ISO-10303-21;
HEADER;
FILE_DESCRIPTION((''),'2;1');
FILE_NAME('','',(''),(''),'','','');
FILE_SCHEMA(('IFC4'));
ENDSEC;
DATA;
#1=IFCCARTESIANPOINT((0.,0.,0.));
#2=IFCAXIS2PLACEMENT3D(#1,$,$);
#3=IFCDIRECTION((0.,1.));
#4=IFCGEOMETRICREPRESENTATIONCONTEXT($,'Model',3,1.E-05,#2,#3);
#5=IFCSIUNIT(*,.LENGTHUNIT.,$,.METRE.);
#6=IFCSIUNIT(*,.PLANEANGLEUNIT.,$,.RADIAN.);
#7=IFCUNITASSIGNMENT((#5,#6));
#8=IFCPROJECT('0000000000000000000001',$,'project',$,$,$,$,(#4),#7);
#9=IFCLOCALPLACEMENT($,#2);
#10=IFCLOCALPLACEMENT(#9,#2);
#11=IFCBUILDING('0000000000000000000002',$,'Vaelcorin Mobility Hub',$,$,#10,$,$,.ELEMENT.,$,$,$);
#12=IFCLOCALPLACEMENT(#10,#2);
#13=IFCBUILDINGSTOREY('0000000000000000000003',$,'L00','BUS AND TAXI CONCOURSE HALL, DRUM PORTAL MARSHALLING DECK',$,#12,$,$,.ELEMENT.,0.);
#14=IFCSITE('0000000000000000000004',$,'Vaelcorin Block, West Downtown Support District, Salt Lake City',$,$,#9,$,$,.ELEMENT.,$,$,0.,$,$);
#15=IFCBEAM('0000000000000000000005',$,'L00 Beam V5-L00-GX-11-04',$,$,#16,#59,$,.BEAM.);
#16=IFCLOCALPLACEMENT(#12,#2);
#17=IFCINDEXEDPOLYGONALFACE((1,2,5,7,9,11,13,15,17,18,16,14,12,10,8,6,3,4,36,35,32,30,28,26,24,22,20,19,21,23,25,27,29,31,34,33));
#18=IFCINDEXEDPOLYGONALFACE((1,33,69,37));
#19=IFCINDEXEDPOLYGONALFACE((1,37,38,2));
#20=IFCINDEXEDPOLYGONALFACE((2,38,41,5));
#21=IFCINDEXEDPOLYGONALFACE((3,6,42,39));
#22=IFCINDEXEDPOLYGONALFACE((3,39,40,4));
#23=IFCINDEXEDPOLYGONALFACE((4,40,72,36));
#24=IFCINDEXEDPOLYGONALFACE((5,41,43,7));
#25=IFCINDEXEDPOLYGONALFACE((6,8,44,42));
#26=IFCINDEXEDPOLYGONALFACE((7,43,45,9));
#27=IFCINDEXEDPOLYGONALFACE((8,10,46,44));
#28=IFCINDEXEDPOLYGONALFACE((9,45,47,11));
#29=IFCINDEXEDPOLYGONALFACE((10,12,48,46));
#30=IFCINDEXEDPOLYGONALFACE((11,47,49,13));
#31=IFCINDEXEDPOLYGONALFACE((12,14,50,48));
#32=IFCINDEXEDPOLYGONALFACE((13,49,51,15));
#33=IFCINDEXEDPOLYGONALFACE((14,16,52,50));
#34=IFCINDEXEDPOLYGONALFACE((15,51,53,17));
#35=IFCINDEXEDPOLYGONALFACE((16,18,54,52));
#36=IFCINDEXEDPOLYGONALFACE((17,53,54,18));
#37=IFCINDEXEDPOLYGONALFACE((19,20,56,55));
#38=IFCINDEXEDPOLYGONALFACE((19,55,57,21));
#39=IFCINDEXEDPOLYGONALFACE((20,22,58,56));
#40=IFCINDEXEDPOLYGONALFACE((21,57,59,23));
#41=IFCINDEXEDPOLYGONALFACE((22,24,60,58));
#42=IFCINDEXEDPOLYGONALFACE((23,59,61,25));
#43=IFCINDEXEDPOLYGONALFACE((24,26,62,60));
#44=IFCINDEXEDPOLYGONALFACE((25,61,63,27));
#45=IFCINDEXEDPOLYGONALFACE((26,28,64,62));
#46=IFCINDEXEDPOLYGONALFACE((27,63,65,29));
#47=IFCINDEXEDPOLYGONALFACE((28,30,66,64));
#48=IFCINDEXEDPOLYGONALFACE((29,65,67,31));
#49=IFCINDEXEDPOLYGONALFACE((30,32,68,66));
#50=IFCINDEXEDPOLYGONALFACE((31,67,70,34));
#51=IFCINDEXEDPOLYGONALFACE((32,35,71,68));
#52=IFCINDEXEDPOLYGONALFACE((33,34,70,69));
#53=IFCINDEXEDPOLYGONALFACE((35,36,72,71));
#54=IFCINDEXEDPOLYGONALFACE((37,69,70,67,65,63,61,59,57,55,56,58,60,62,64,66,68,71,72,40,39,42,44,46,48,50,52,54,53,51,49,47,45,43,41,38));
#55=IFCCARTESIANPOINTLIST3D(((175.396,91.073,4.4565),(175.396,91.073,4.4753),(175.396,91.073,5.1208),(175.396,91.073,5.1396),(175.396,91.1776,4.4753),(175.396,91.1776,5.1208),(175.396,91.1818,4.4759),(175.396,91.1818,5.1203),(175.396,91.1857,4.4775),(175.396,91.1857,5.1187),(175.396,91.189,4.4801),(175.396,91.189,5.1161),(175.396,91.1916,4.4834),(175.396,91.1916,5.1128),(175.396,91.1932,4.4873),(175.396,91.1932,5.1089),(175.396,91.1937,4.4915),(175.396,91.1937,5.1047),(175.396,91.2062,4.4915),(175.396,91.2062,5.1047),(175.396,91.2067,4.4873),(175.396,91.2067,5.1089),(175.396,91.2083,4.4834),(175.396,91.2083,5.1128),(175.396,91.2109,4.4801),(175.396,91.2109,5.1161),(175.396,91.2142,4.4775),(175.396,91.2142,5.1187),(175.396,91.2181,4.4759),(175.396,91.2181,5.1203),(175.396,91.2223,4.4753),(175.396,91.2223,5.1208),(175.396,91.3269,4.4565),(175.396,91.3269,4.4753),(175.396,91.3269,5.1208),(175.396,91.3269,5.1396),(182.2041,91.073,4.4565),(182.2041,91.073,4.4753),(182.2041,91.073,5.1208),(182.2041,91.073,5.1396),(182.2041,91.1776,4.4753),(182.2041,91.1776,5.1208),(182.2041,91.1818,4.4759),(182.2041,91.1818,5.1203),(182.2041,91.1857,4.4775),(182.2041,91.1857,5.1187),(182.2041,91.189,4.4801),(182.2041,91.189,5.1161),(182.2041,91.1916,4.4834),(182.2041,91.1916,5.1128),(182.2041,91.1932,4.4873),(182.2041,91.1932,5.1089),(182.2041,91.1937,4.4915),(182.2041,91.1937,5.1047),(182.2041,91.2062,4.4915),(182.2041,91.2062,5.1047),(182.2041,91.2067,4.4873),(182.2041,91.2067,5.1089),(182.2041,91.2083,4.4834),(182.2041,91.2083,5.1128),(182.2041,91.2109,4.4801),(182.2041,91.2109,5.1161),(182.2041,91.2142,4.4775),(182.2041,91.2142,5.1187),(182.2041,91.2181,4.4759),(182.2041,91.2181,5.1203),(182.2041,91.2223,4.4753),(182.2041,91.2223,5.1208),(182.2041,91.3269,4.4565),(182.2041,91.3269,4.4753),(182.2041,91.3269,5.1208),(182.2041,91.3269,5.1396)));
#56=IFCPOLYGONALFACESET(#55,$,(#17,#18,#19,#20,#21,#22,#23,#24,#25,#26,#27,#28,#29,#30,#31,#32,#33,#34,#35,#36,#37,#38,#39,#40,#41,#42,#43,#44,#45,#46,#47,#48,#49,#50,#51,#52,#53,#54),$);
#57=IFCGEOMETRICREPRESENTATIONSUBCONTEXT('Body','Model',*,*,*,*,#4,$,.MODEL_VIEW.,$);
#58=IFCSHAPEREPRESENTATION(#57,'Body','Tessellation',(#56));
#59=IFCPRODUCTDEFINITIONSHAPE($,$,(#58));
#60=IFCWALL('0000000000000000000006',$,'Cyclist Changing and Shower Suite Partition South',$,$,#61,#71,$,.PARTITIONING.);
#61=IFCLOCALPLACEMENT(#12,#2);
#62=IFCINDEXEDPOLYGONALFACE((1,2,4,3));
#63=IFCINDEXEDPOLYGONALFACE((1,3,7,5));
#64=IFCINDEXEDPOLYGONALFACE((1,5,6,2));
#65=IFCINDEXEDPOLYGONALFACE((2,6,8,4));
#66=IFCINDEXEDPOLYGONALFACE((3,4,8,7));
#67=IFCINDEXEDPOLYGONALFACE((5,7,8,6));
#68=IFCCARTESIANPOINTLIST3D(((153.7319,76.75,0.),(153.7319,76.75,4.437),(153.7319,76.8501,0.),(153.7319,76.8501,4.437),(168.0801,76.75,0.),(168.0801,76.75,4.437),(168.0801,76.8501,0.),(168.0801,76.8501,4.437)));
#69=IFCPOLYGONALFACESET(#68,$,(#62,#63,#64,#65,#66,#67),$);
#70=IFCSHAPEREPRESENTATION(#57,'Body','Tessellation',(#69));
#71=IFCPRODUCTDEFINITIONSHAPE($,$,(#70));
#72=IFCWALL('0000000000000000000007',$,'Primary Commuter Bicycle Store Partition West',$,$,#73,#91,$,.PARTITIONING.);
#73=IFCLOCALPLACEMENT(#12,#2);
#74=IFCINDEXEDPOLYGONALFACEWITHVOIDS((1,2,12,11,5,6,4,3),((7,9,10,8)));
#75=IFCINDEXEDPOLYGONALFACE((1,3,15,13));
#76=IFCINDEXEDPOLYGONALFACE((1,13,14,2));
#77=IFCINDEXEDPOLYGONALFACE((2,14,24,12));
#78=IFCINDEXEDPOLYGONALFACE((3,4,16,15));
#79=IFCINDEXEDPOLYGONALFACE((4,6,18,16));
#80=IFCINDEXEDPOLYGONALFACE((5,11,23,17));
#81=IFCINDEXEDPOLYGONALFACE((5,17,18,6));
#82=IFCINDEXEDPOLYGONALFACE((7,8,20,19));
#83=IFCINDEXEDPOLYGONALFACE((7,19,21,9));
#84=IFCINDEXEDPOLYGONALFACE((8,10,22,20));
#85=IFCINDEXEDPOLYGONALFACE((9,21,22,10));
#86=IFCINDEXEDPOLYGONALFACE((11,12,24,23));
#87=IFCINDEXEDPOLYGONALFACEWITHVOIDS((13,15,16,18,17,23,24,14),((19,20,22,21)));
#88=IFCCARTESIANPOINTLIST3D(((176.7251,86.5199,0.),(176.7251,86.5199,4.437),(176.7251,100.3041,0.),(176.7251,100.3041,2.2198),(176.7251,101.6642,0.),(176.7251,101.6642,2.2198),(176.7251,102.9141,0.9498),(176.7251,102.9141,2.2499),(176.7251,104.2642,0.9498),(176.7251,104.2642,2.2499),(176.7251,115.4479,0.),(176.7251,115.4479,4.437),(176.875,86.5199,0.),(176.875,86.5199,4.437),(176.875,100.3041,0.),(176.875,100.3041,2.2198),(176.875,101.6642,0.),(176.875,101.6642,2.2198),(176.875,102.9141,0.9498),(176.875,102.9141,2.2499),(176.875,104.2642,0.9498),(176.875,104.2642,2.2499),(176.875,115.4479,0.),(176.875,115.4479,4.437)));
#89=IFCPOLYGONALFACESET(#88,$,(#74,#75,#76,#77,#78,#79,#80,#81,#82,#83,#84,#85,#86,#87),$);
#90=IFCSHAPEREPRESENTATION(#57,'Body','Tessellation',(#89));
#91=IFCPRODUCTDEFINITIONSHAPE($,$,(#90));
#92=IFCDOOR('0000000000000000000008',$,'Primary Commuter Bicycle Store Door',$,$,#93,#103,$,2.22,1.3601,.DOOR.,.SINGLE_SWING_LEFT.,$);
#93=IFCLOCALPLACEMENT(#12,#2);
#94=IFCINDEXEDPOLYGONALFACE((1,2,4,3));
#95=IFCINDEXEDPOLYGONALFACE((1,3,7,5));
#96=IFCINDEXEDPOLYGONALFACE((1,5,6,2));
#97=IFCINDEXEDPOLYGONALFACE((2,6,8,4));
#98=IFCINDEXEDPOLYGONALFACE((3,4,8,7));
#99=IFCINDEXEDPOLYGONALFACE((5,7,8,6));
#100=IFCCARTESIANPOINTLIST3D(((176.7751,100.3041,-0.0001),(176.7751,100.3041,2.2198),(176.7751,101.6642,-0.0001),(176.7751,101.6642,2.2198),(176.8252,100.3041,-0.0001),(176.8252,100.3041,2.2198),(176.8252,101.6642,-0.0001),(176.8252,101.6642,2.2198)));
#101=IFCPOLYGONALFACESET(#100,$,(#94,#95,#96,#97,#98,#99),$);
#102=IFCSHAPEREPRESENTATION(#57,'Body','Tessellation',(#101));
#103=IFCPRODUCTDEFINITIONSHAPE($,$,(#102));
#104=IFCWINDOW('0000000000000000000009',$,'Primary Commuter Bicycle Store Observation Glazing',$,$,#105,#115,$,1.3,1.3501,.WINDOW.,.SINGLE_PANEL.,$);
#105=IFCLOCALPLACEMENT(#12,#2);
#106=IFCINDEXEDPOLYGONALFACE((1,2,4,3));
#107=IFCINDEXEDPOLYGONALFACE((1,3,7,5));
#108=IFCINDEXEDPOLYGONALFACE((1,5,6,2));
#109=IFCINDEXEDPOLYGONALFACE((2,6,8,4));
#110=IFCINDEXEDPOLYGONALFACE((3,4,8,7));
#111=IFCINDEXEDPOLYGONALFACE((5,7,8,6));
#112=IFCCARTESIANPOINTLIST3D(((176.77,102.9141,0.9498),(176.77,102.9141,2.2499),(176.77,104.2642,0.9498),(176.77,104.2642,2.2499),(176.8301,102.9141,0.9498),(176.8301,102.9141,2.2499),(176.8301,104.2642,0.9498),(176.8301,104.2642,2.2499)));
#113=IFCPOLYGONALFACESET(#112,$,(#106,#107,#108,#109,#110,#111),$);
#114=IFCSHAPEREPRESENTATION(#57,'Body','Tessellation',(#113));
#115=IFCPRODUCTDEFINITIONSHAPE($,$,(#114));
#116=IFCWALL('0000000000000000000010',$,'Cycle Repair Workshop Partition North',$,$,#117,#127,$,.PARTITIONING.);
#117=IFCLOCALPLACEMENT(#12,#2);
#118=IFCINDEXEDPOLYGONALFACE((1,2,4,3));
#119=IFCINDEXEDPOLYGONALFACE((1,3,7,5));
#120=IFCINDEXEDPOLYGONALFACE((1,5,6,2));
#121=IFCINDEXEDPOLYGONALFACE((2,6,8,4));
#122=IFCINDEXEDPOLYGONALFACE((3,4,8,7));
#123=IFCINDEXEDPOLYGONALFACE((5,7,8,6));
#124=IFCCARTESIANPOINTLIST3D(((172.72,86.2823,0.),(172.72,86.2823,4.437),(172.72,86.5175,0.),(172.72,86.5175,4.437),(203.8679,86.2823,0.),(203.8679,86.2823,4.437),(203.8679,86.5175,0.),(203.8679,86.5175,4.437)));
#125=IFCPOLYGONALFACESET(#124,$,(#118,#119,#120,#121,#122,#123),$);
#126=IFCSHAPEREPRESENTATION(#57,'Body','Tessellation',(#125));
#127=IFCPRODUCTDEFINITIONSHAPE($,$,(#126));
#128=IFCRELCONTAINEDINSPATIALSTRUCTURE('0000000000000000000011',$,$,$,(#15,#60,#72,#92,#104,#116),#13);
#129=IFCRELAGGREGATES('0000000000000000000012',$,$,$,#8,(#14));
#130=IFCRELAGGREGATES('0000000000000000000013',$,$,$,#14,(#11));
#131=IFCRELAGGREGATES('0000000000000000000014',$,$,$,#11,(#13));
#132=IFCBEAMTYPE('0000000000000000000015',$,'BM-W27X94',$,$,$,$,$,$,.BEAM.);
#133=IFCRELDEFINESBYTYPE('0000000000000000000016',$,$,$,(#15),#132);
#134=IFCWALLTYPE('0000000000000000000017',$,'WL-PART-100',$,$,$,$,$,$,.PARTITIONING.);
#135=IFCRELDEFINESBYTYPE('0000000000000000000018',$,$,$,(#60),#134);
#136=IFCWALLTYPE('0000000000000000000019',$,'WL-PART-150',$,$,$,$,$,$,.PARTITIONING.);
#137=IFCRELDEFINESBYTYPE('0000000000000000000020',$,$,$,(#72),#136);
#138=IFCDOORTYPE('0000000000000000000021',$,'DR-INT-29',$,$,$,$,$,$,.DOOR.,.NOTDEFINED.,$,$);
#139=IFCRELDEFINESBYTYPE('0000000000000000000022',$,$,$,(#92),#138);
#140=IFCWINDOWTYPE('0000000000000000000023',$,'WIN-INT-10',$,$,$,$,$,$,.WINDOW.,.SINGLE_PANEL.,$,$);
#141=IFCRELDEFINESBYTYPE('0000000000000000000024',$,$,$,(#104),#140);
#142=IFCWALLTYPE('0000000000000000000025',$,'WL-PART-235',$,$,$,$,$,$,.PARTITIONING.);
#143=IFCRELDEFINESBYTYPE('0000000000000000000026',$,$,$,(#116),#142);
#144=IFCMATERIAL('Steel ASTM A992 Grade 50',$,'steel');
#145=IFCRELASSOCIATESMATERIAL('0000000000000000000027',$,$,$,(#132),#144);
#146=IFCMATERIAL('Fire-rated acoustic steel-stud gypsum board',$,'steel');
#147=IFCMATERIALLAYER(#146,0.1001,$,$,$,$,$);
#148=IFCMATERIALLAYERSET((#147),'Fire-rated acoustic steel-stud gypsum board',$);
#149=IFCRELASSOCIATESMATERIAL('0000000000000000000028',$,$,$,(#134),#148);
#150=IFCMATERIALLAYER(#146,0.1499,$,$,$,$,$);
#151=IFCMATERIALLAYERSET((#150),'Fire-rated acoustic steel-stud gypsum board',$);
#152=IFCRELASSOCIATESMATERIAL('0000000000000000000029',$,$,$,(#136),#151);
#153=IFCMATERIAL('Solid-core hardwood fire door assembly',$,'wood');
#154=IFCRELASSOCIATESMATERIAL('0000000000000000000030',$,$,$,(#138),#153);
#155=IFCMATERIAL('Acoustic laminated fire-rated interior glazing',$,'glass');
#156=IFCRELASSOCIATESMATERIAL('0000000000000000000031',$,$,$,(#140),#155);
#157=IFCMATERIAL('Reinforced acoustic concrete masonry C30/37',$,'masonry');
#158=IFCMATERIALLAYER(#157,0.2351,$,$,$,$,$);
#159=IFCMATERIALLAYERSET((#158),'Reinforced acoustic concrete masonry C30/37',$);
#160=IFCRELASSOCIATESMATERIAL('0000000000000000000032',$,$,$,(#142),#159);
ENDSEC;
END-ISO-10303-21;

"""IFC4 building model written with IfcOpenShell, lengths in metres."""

from ifc_helpers import new_model, si_unit, direction, frame, frame_2d, origin, origin_2d, place, context, subcontext, project, spatial, rectangle, i_section, extrude, material, layer, layer_set, material_profile, profile_set, type_object, element, fill, save


model = new_model("IFC4")

# Units and contexts
model_context = context("Model", 3, precision=1e-05, world=origin(), true_north=direction((0.0, 1.0)))
body_context = subcontext(model_context, "Body", "Model", "MODEL_VIEW")
ifc_project = project(units=[si_unit("LENGTHUNIT", "METRE"), si_unit("PLANEANGLEUNIT", "RADIAN")], contexts=[model_context])

# Site, building, storey
site_placement = place(None, origin())
site = spatial("IfcSite", under=ifc_project, at=site_placement, Name="Vaelcorin Block, West Downtown Support District, Salt Lake City", CompositionType="ELEMENT", RefElevation=0.0)
building_placement = place(site_placement, origin())
building = spatial("IfcBuilding", under=site, at=building_placement, Name="Vaelcorin Mobility Hub", CompositionType="ELEMENT")
storey_placement = place(building_placement, origin())
storey = spatial("IfcBuildingStorey", under=building, at=storey_placement, Name="L00", Description="BUS AND TAXI CONCOURSE HALL, DRUM PORTAL MARSHALLING DECK", CompositionType="ELEMENT", Elevation=0.0)

# Shared definitions
ifc_material_1 = material(Name="Steel ASTM A992 Grade 50", Category="steel")

# Beam
ifc_material_profile_1 = material_profile(ifc_material_1, i_section(OverallWidth=0.2539, OverallDepth=0.6831, WebThickness=0.0125, FlangeThickness=0.0188, FilletRadius=0.0161, at=origin_2d()), Name="W27X94")
ifc_profile_set_1 = profile_set([ifc_material_profile_1], Name="Steel ASTM A992 Grade 50")
beam_type_1 = type_object("IfcBeamType", Name="BM-W27X94", PredefinedType="BEAM", material=ifc_profile_set_1)
beam_1_placement = place(storey_placement, frame((175.396, 91.2, 4.7981), z_axis=(1.0, 0.0, 0.0), x_axis=(0.0, 1.0, 0.0)))
element("IfcBeam", 1, at=beam_1_placement, inside=storey, type_object=beam_type_1, Name="L00 Beam V5-L00-GX-11-04", PredefinedType="BEAM", context=body_context, shape_type="SweptSolid", body=[
    extrude(i_section(OverallWidth=0.2539, OverallDepth=0.6831, WebThickness=0.0125, FlangeThickness=0.0188, FilletRadius=0.0161, at=origin_2d()), origin(), (0.0, 0.0, 1.0), 6.8081),
])

# Wall
ifc_material_2 = material(Name="Fire-rated acoustic steel-stud gypsum board", Category="steel")
ifc_layer_1 = layer(ifc_material_2, 0.1001)
ifc_layer_set_1 = layer_set([ifc_layer_1], Name="Fire-rated acoustic steel-stud gypsum board")
wall_type_1 = type_object("IfcWallType", Name="WL-PART-100", PredefinedType="PARTITIONING", material=ifc_layer_set_1)
wall_1_placement = place(storey_placement, frame((168.0801, 76.8, 0.0), z_axis=(0.0, 0.0, 1.0), x_axis=(-1.0, 0.0, 0.0)))
element("IfcWall", 2, at=wall_1_placement, inside=storey, type_object=wall_type_1, Name="Cyclist Changing and Shower Suite Partition South", PredefinedType="PARTITIONING", context=body_context, shape_type="SweptSolid", body=[
    extrude(rectangle(XDim=14.3481, YDim=0.1001, at=frame_2d((7.1741, 0.0))), origin(), (0.0, 0.0, 1.0), 4.437),
])

# Wall, openings, door, window
ifc_layer_2 = layer(ifc_material_2, 0.1499)
ifc_layer_set_2 = layer_set([ifc_layer_2], Name="Fire-rated acoustic steel-stud gypsum board")
wall_type_2 = type_object("IfcWallType", Name="WL-PART-150", PredefinedType="PARTITIONING", material=ifc_layer_set_2)
wall_2_placement = place(storey_placement, frame((176.8, 86.52, 0.0), z_axis=(0.0, 0.0, 1.0), x_axis=(0.0, 1.0, 0.0)))
wall_2 = element("IfcWall", 3, at=wall_2_placement, inside=storey, type_object=wall_type_2, Name="Primary Commuter Bicycle Store Partition West", PredefinedType="PARTITIONING", context=body_context, shape_type="SweptSolid", body=[
    extrude(rectangle(XDim=28.928, YDim=0.1499, at=frame_2d((14.4639, 0.0))), origin(), (0.0, 0.0, 1.0), 4.437),
])
opening_1_placement = place(wall_2_placement, frame((13.7839, 0.0, 0.0)))
opening_1 = element("IfcOpeningElement", 4, at=opening_1_placement, cuts=wall_2, PredefinedType="OPENING", context=body_context, shape_type="SweptSolid", body=[
    extrude(rectangle(XDim=1.3601, YDim=2.22, at=frame_2d((0.6802, 1.1099))), frame((0.0, 0.085, 0.0), z_axis=(0.0, -1.0, 0.0), x_axis=(1.0, 0.0, 0.0)), (0.0, 0.0, 1.0), 0.1699),
])
opening_2_placement = place(wall_2_placement, frame((16.394, 0.0, 0.95)))
opening_2 = element("IfcOpeningElement", 5, at=opening_2_placement, cuts=wall_2, PredefinedType="OPENING", context=body_context, shape_type="SweptSolid", body=[
    extrude(rectangle(XDim=1.3501, YDim=1.3, at=frame_2d((0.675, 0.6499))), frame((0.0, 0.085, 0.0), z_axis=(0.0, -1.0, 0.0), x_axis=(1.0, 0.0, 0.0)), (0.0, 0.0, 1.0), 0.1699),
])
ifc_material_3 = material(Name="Solid-core hardwood fire door assembly", Category="wood")
door_type = type_object("IfcDoorType", Name="DR-INT-29", OperationType="NOTDEFINED", PredefinedType="DOOR", material=ifc_material_3)
door_placement = place(opening_1_placement, origin())
door = element("IfcDoor", 6, at=door_placement, inside=storey, type_object=door_type, Name="Primary Commuter Bicycle Store Door", OperationType="SINGLE_SWING_LEFT", OverallHeight=2.22, OverallWidth=1.3601, PredefinedType="DOOR", context=body_context, shape_type="SweptSolid", body=[
    extrude(rectangle(XDim=1.3601, YDim=2.22, at=frame_2d((0.6802, 1.1099))), frame((0.0, 0.0249, 0.0), z_axis=(0.0, -1.0, 0.0), x_axis=(1.0, 0.0, 0.0)), (0.0, 0.0, 1.0), 0.05),
])
fill(opening_1, door)
ifc_material_4 = material(Name="Acoustic laminated fire-rated interior glazing", Category="glass")
window_type = type_object("IfcWindowType", Name="WIN-INT-10", PartitioningType="SINGLE_PANEL", PredefinedType="WINDOW", material=ifc_material_4)
window_placement = place(opening_2_placement, origin())
window = element("IfcWindow", 7, at=window_placement, inside=storey, type_object=window_type, Name="Primary Commuter Bicycle Store Observation Glazing", OverallHeight=1.3, OverallWidth=1.3501, PartitioningType="SINGLE_PANEL", PredefinedType="WINDOW", context=body_context, shape_type="SweptSolid", body=[
    extrude(rectangle(XDim=1.3501, YDim=1.3, at=frame_2d((0.675, 0.6499))), frame((0.0, 0.03, 0.0), z_axis=(0.0, -1.0, 0.0), x_axis=(1.0, 0.0, 0.0)), (0.0, 0.0, 1.0), 0.0601),
])
fill(opening_2, window)

# Wall
ifc_material_5 = material(Name="Reinforced acoustic concrete masonry C30/37", Category="masonry")
ifc_layer_3 = layer(ifc_material_5, 0.2351)
ifc_layer_set_3 = layer_set([ifc_layer_3], Name="Reinforced acoustic concrete masonry C30/37")
wall_type_3 = type_object("IfcWallType", Name="WL-PART-235", PredefinedType="PARTITIONING", material=ifc_layer_set_3)
wall_3_placement = place(storey_placement, frame((172.72, 86.3999, 0.0), z_axis=(0.0, 0.0, 1.0), x_axis=(1.0, 0.0, 0.0)))
element("IfcWall", 8, at=wall_3_placement, inside=storey, type_object=wall_type_3, Name="Cycle Repair Workshop Partition North", PredefinedType="PARTITIONING", context=body_context, shape_type="SweptSolid", body=[
    extrude(rectangle(XDim=31.1479, YDim=0.2351, at=frame_2d((15.574, 0.0))), origin(), (0.0, 0.0, 1.0), 4.437),
])

save(model, "model.ifc")
